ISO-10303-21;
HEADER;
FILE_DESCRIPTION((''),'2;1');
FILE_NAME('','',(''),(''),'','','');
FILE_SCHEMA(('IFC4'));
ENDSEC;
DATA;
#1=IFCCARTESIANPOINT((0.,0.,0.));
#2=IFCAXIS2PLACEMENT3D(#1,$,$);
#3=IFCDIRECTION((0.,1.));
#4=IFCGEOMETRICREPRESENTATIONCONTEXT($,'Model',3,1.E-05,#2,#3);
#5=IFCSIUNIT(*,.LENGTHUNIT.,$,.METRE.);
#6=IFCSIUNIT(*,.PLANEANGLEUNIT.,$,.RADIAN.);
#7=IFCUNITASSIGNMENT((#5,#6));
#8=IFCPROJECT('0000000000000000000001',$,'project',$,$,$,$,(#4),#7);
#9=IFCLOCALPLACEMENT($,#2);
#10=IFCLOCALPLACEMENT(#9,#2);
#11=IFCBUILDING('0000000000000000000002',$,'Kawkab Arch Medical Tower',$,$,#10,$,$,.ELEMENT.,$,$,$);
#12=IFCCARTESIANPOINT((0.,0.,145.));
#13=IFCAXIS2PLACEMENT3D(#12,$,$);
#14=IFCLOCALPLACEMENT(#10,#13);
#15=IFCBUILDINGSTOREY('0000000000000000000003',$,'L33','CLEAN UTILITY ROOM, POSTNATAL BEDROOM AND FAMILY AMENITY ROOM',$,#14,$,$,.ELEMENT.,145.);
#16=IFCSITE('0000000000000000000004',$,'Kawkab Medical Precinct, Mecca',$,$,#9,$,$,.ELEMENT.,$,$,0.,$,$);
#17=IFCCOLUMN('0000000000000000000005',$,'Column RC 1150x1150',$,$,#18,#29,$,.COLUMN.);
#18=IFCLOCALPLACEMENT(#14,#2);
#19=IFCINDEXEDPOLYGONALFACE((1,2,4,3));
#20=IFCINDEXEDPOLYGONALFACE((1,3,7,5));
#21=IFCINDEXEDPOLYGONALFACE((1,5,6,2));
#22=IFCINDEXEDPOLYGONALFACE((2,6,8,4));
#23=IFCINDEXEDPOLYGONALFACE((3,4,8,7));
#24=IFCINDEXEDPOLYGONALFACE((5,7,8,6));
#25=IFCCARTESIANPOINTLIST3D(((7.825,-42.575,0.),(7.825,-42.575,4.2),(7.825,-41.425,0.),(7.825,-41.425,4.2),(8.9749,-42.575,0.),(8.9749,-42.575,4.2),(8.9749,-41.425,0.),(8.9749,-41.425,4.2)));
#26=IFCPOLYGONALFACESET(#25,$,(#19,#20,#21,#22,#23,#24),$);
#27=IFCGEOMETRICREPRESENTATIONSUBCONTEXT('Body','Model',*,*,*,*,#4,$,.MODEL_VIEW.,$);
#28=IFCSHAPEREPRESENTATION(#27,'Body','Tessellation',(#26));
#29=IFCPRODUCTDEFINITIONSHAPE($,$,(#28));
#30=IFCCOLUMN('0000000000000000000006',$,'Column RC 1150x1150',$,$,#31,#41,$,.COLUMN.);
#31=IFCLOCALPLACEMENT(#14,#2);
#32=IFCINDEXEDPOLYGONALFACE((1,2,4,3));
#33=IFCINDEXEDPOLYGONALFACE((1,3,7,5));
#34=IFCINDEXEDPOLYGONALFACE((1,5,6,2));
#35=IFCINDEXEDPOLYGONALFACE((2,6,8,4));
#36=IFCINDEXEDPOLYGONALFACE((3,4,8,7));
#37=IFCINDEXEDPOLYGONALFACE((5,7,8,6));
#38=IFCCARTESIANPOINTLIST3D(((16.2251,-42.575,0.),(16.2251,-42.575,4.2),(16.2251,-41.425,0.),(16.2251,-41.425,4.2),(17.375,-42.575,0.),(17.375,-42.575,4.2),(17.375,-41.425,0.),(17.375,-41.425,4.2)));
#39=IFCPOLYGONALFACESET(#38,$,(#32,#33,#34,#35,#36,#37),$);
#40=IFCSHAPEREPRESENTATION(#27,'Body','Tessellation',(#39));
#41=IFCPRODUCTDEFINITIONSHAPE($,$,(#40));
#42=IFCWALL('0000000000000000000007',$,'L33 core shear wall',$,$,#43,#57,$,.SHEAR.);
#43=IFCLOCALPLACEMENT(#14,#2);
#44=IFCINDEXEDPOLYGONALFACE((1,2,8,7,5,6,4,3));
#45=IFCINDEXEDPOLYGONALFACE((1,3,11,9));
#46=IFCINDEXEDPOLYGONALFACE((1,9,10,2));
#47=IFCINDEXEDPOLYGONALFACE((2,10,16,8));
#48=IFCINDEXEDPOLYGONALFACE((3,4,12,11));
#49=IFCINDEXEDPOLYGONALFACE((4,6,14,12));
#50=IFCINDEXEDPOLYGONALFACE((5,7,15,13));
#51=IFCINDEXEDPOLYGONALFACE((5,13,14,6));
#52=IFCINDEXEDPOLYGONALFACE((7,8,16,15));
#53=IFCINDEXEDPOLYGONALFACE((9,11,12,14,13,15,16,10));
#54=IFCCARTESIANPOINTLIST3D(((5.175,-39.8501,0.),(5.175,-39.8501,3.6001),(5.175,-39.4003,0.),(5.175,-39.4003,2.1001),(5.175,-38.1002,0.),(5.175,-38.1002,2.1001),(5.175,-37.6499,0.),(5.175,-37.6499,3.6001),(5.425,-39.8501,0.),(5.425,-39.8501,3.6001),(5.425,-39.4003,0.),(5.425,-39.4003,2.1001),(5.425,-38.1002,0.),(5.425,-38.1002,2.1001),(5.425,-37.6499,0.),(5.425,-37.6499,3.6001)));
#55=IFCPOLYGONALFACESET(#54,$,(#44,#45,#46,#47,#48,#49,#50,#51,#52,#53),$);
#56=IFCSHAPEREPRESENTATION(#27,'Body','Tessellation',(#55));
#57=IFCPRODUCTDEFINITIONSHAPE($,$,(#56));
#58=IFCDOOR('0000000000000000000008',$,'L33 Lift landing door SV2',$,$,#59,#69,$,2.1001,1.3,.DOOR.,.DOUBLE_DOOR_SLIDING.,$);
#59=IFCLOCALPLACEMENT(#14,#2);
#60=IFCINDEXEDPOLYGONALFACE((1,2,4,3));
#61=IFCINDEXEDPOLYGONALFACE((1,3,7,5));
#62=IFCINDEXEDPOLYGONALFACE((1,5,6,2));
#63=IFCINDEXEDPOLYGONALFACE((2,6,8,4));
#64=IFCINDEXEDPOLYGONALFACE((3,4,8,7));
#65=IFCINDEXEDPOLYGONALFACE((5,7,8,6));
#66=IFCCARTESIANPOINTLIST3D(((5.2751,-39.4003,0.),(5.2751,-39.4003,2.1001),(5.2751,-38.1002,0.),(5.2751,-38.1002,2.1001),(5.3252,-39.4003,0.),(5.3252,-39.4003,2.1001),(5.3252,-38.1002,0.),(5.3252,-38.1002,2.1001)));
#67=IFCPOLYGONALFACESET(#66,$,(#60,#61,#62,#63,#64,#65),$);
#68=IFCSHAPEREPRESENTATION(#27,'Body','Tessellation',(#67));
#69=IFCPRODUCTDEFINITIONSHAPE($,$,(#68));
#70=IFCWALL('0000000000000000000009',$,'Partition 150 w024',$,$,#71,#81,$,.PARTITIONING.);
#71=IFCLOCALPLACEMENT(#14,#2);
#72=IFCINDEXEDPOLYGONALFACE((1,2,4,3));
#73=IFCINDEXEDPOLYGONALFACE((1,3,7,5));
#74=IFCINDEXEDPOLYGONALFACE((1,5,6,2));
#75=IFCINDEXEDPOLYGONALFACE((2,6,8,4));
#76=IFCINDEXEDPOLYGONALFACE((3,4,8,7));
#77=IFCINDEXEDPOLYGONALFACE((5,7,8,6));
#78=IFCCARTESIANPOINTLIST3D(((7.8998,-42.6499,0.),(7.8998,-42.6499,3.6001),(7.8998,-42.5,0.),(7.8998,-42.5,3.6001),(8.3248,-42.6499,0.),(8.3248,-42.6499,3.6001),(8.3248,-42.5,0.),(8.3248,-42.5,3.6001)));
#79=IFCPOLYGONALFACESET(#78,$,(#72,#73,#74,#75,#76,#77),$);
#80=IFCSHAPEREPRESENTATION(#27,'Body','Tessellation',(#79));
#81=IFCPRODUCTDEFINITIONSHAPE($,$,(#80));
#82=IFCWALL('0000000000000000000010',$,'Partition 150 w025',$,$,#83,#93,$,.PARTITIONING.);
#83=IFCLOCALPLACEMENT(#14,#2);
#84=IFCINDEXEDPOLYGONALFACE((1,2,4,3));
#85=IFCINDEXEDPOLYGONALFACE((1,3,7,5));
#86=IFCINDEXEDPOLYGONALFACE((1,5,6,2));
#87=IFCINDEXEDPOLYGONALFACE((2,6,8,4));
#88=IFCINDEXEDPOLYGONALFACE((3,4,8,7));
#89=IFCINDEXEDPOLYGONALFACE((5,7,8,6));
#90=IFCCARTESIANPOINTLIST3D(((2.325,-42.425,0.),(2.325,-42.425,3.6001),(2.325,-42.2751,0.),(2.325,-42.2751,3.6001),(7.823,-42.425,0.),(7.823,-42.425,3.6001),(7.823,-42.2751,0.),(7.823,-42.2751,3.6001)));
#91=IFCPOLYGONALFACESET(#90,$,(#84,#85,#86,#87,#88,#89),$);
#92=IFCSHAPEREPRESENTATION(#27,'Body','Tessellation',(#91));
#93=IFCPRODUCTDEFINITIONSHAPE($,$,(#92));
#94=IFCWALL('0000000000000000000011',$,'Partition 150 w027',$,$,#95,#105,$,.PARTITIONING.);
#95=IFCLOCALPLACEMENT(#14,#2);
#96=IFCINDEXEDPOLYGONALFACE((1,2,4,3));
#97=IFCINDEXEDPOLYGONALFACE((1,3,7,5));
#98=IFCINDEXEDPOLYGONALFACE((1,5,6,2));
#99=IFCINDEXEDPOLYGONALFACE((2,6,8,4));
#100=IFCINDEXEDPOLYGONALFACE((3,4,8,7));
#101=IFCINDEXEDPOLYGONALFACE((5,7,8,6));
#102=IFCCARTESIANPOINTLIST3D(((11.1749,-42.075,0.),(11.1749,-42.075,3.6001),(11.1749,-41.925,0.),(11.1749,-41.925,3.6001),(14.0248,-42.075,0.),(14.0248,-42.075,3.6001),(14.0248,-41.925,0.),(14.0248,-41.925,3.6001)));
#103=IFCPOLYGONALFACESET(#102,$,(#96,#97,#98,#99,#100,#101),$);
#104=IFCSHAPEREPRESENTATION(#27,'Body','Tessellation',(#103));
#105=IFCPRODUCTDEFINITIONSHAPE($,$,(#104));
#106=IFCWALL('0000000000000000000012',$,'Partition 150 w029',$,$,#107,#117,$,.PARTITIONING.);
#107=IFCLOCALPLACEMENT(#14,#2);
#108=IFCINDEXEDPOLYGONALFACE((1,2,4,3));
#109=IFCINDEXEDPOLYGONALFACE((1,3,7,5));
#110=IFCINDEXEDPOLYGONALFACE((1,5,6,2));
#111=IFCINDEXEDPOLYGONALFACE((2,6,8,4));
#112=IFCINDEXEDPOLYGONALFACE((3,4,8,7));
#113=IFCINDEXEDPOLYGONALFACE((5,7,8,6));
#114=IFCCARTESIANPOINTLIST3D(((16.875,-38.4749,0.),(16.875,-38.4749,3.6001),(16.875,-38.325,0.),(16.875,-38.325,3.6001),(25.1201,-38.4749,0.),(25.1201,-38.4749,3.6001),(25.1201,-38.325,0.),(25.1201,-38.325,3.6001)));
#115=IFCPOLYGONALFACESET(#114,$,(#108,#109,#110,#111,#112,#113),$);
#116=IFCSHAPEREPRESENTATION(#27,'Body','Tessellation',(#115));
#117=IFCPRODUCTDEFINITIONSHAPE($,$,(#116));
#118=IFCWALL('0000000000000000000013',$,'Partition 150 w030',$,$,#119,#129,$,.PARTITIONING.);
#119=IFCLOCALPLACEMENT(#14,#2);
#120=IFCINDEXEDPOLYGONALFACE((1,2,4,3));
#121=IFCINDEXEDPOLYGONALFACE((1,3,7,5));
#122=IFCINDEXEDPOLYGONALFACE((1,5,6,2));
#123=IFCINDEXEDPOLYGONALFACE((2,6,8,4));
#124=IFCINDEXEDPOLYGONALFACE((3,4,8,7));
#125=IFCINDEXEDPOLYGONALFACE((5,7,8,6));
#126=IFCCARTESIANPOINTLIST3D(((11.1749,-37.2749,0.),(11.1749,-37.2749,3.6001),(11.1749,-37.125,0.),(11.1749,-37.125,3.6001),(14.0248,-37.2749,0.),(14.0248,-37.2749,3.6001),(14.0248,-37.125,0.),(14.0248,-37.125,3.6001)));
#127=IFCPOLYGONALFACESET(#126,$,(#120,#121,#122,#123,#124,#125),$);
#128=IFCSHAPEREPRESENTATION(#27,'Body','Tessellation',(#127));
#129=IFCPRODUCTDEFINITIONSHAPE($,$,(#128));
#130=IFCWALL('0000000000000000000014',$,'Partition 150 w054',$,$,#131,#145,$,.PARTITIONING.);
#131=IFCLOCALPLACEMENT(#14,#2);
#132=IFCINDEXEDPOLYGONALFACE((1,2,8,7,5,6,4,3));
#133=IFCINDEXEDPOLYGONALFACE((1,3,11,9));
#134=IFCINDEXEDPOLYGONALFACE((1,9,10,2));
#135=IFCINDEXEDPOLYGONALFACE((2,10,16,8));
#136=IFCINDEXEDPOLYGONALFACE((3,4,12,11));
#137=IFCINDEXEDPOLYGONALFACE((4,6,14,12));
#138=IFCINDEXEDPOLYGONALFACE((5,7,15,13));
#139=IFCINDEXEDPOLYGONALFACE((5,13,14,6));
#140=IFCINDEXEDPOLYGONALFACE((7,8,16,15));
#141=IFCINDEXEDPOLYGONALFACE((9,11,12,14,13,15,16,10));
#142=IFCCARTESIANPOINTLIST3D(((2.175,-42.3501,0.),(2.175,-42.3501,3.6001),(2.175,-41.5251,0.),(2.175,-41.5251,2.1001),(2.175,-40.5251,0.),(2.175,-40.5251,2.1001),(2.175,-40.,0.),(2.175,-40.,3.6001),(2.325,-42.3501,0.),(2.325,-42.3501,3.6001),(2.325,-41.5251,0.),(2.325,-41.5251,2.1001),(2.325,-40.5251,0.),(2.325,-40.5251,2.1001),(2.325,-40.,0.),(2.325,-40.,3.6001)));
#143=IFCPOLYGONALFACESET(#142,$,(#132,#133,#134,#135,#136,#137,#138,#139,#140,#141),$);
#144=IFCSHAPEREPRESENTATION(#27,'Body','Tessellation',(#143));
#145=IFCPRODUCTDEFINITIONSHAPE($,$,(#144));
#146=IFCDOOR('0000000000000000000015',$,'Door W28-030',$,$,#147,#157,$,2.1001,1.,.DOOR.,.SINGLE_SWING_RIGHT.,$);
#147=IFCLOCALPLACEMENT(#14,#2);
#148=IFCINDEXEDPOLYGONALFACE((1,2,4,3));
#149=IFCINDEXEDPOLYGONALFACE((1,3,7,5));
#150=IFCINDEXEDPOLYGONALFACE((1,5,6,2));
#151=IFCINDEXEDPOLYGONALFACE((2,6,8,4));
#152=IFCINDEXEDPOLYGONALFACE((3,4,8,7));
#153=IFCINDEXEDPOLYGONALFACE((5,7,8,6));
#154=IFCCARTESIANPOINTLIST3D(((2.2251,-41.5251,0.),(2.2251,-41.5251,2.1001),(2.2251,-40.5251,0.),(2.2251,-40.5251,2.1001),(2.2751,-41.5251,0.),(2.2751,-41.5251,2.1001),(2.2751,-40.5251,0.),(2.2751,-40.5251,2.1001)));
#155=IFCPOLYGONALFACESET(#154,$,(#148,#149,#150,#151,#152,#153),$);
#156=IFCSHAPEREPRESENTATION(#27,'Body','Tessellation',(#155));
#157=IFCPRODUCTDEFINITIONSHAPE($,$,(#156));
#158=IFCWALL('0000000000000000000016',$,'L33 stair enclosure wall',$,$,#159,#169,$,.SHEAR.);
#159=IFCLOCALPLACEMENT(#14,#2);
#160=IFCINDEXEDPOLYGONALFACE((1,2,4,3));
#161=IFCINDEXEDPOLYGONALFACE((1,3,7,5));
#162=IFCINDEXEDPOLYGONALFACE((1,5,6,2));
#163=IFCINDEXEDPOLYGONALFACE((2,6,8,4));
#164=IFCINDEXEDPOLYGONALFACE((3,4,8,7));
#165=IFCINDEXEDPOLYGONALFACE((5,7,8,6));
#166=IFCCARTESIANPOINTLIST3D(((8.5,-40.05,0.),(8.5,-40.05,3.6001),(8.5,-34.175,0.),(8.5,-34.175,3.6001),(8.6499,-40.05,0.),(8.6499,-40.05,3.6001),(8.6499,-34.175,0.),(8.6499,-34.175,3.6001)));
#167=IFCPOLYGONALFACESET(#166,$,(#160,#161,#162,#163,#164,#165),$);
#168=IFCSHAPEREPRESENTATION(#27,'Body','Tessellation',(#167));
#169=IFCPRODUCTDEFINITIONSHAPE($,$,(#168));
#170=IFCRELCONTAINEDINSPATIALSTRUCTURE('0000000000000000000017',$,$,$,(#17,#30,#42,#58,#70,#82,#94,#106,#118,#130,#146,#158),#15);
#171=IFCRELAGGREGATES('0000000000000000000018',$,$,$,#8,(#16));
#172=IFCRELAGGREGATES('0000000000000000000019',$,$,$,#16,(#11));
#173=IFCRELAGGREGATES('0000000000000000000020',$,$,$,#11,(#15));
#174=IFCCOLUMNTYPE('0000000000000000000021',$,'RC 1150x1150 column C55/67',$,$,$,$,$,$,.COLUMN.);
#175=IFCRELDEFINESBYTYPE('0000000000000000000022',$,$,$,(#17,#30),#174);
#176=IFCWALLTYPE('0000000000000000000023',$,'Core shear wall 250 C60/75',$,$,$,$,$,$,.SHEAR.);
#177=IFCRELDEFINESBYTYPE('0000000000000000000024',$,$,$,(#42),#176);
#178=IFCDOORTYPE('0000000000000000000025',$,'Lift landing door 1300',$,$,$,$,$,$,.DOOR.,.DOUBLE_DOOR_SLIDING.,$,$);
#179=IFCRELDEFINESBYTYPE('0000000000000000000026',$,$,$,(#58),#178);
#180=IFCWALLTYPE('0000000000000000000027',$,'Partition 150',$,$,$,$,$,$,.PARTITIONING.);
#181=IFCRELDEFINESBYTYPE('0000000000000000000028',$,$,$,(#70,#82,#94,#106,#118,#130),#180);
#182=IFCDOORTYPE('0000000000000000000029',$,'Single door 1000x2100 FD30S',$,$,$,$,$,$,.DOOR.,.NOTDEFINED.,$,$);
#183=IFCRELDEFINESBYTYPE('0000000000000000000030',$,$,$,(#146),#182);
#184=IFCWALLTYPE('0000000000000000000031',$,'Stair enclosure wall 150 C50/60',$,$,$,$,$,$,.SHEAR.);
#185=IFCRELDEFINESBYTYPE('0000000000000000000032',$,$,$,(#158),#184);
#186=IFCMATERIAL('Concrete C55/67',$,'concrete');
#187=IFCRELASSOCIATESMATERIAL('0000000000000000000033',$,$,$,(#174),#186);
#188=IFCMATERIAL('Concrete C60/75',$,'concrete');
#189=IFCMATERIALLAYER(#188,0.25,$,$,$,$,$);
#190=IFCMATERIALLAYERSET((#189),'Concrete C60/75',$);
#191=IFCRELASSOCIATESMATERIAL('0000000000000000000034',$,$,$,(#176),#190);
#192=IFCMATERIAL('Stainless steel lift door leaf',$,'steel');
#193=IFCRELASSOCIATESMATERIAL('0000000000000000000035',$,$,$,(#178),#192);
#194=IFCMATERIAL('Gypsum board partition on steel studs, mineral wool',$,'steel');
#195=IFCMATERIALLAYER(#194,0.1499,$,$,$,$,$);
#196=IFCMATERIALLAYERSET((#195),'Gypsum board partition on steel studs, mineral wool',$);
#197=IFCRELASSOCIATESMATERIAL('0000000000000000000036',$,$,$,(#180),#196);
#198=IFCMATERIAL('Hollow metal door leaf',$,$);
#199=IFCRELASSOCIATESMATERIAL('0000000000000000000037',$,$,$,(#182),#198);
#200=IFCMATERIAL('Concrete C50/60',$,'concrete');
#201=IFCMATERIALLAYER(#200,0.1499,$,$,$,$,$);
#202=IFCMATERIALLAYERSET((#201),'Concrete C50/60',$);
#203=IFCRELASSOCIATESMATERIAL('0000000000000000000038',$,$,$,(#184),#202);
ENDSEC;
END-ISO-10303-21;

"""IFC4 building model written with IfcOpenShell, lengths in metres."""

from ifc_helpers import new_model, si_unit, direction, frame, frame_2d, origin, origin_2d, place, context, subcontext, project, spatial, rectangle, extrude, material, layer, layer_set, material_profile, profile_set, type_object, element, fill, save


model = new_model("IFC4")

# Units and contexts
model_context = context("Model", 3, precision=1e-05, world=origin(), true_north=direction((0.0, 1.0)))
body_context = subcontext(model_context, "Body", "Model", "MODEL_VIEW")
ifc_project = project(units=[si_unit("LENGTHUNIT", "METRE"), si_unit("PLANEANGLEUNIT", "RADIAN")], contexts=[model_context])

# Site, building, storey
site_placement = place(None, origin())
site = spatial("IfcSite", under=ifc_project, at=site_placement, Name="Kawkab Medical Precinct, Mecca", CompositionType="ELEMENT", RefElevation=0.0)
building_placement = place(site_placement, origin())
building = spatial("IfcBuilding", under=site, at=building_placement, Name="Kawkab Arch Medical Tower", CompositionType="ELEMENT")
storey_placement = place(building_placement, frame((0.0, 0.0, 145.0)))
storey = spatial("IfcBuildingStorey", under=building, at=storey_placement, Name="L33", Description="CLEAN UTILITY ROOM, POSTNATAL BEDROOM AND FAMILY AMENITY ROOM", CompositionType="ELEMENT", Elevation=145.0)

# Columns
ifc_material_1 = material(Name="Concrete C55/67", Category="concrete")
ifc_material_profile = material_profile(ifc_material_1, rectangle(XDim=1.1499, YDim=1.1499, at=origin_2d()), Name="RC 1150x1150")
ifc_profile_set = profile_set([ifc_material_profile], Name="Concrete C55/67")
column_type = type_object("IfcColumnType", Name="RC 1150x1150 column C55/67", PredefinedType="COLUMN", material=ifc_profile_set)
for number, where, z_axis, x_axis, name in (
    (1, (8.3999, -42.0, 0.0), (0.0, 0.0, 1.0), (1.0, 0.0, 0.0), "Column RC 1150x1150"),
    (2, (16.8, -42.0, 0.0), (0.0, 0.0, 1.0), (1.0, 0.0, 0.0), "Column RC 1150x1150"),
):
    element("IfcColumn", number, at=place(storey_placement, frame(where, z_axis=z_axis, x_axis=x_axis)), inside=storey, type_object=column_type, Name=name, PredefinedType="COLUMN", context=body_context, shape_type="SweptSolid", body=[
        extrude(rectangle(XDim=1.1499, YDim=1.1499, at=origin_2d()), origin(), (0.0, 0.0, 1.0), 4.2),
    ])

# Wall, opening, door
ifc_material_2 = material(Name="Concrete C60/75", Category="concrete")
ifc_layer_1 = layer(ifc_material_2, 0.25)
ifc_layer_set_1 = layer_set([ifc_layer_1], Name="Concrete C60/75")
wall_type_1 = type_object("IfcWallType", Name="Core shear wall 250 C60/75", PredefinedType="SHEAR", material=ifc_layer_set_1)
wall_1_placement = place(storey_placement, frame((5.3, -39.8501, 0.0), z_axis=(0.0, 0.0, 1.0), x_axis=(0.0, 1.0, 0.0)))
wall_1 = element("IfcWall", 3, at=wall_1_placement, inside=storey, type_object=wall_type_1, Name="L33 core shear wall", PredefinedType="SHEAR", context=body_context, shape_type="SweptSolid", body=[
    extrude(rectangle(XDim=2.2002, YDim=0.25, at=frame_2d((1.1001, 0.0))), origin(), (0.0, 0.0, 1.0), 3.6001),
])
opening_1_placement = place(wall_1_placement, frame((0.45, 0.0, 0.0)))
opening_1 = element("IfcOpeningElement", 4, at=opening_1_placement, cuts=wall_1, PredefinedType="OPENING", context=body_context, shape_type="SweptSolid", body=[
    extrude(rectangle(XDim=1.3, YDim=2.1001, at=frame_2d((0.6499, 1.05))), frame((0.0, 0.135, 0.0), z_axis=(0.0, -1.0, 0.0), x_axis=(1.0, 0.0, 0.0)), (0.0, 0.0, 1.0), 0.27),
])
ifc_material_3 = material(Name="Stainless steel lift door leaf", Category="steel")
door_type_1 = type_object("IfcDoorType", Name="Lift landing door 1300", OperationType="DOUBLE_DOOR_SLIDING", PredefinedType="DOOR", material=ifc_material_3)
door_1_placement = place(opening_1_placement, origin())
door_1 = element("IfcDoor", 5, at=door_1_placement, inside=storey, type_object=door_type_1, Name="L33 Lift landing door SV2", OperationType="DOUBLE_DOOR_SLIDING", OverallHeight=2.1001, OverallWidth=1.3, PredefinedType="DOOR", context=body_context, shape_type="SweptSolid", body=[
    extrude(rectangle(XDim=1.3, YDim=2.1001, at=frame_2d((0.6499, 1.05))), frame((0.0, 0.0249, 0.0), z_axis=(0.0, -1.0, 0.0), x_axis=(1.0, 0.0, 0.0)), (0.0, 0.0, 1.0), 0.05),
])
fill(opening_1, door_1)

# Walls
ifc_material_4 = material(Name="Gypsum board partition on steel studs, mineral wool", Category="steel")
ifc_layer_2 = layer(ifc_material_4, 0.1499)
ifc_layer_set_2 = layer_set([ifc_layer_2], Name="Gypsum board partition on steel studs, mineral wool")
wall_type_2 = type_object("IfcWallType", Name="Partition 150", PredefinedType="PARTITIONING", material=ifc_layer_set_2)
wall_2_placement = place(storey_placement, frame((7.8999, -42.575, 0.0), z_axis=(0.0, 0.0, 1.0), x_axis=(1.0, 0.0, 0.0)))
element("IfcWall", 6, at=wall_2_placement, inside=storey, type_object=wall_type_2, Name="Partition 150 w024", PredefinedType="PARTITIONING", context=body_context, shape_type="SweptSolid", body=[
    extrude(rectangle(XDim=0.425, YDim=0.1499, at=frame_2d((0.2124, 0.0))), origin(), (0.0, 0.0, 1.0), 3.6001),
])
wall_3_placement = place(storey_placement, frame((2.325, -42.3501, 0.0), z_axis=(0.0, 0.0, 1.0), x_axis=(1.0, 0.0, 0.0)))
element("IfcWall", 7, at=wall_3_placement, inside=storey, type_object=wall_type_2, Name="Partition 150 w025", PredefinedType="PARTITIONING", context=body_context, shape_type="SweptSolid", body=[
    extrude(rectangle(XDim=5.498, YDim=0.1499, at=frame_2d((2.749, 0.0))), origin(), (0.0, 0.0, 1.0), 3.6001),
])
wall_4_placement = place(storey_placement, frame((11.175, -42.0, 0.0), z_axis=(0.0, 0.0, 1.0), x_axis=(1.0, 0.0, 0.0)))
element("IfcWall", 8, at=wall_4_placement, inside=storey, type_object=wall_type_2, Name="Partition 150 w027", PredefinedType="PARTITIONING", context=body_context, shape_type="SweptSolid", body=[
    extrude(rectangle(XDim=2.8499, YDim=0.1499, at=frame_2d((1.4248, 0.0))), origin(), (0.0, 0.0, 1.0), 3.6001),
])
wall_5_placement = place(storey_placement, frame((16.875, -38.3999, 0.0), z_axis=(0.0, 0.0, 1.0), x_axis=(1.0, 0.0, 0.0)))
element("IfcWall", 9, at=wall_5_placement, inside=storey, type_object=wall_type_2, Name="Partition 150 w029", PredefinedType="PARTITIONING", context=body_context, shape_type="SweptSolid", body=[
    extrude(rectangle(XDim=8.2451, YDim=0.1499, at=frame_2d((4.1226, 0.0))), origin(), (0.0, 0.0, 1.0), 3.6001),
])
wall_6_placement = place(storey_placement, frame((11.175, -37.2, 0.0), z_axis=(0.0, 0.0, 1.0), x_axis=(1.0, 0.0, 0.0)))
element("IfcWall", 10, at=wall_6_placement, inside=storey, type_object=wall_type_2, Name="Partition 150 w030", PredefinedType="PARTITIONING", context=body_context, shape_type="SweptSolid", body=[
    extrude(rectangle(XDim=2.8499, YDim=0.1499, at=frame_2d((1.4248, 0.0))), origin(), (0.0, 0.0, 1.0), 3.6001),
])

# Wall, opening, door
wall_7_placement = place(storey_placement, frame((2.25, -42.3501, 0.0), z_axis=(0.0, 0.0, 1.0), x_axis=(0.0, 1.0, 0.0)))
wall_7 = element("IfcWall", 11, at=wall_7_placement, inside=storey, type_object=wall_type_2, Name="Partition 150 w054", PredefinedType="PARTITIONING", context=body_context, shape_type="SweptSolid", body=[
    extrude(rectangle(XDim=2.3501, YDim=0.1499, at=frame_2d((1.175, 0.0))), origin(), (0.0, 0.0, 1.0), 3.6001),
])
opening_2_placement = place(wall_7_placement, frame((0.825, 0.0, 0.0)))
opening_2 = element("IfcOpeningElement", 12, at=opening_2_placement, cuts=wall_7, PredefinedType="OPENING", context=body_context, shape_type="SweptSolid", body=[
    extrude(rectangle(XDim=1.0, YDim=2.1001, at=frame_2d((0.5, 1.05))), frame((0.0, 0.085, 0.0), z_axis=(0.0, -1.0, 0.0), x_axis=(1.0, 0.0, 0.0)), (0.0, 0.0, 1.0), 0.1699),
])
ifc_material_5 = material(Name="Hollow metal door leaf")
door_type_2 = type_object("IfcDoorType", Name="Single door 1000x2100 FD30S", OperationType="NOTDEFINED", PredefinedType="DOOR", material=ifc_material_5)
door_2_placement = place(opening_2_placement, origin())
door_2 = element("IfcDoor", 13, at=door_2_placement, inside=storey, type_object=door_type_2, Name="Door W28-030", OperationType="SINGLE_SWING_RIGHT", OverallHeight=2.1001, OverallWidth=1.0, PredefinedType="DOOR", context=body_context, shape_type="SweptSolid", body=[
    extrude(rectangle(XDim=1.0, YDim=2.1001, at=frame_2d((0.5, 1.05))), frame((0.0, 0.0249, 0.0), z_axis=(0.0, -1.0, 0.0), x_axis=(1.0, 0.0, 0.0)), (0.0, 0.0, 1.0), 0.05),
])
fill(opening_2, door_2)

# Wall
ifc_material_6 = material(Name="Concrete C50/60", Category="concrete")
ifc_layer_3 = layer(ifc_material_6, 0.1499)
ifc_layer_set_3 = layer_set([ifc_layer_3], Name="Concrete C50/60")
wall_type_3 = type_object("IfcWallType", Name="Stair enclosure wall 150 C50/60", PredefinedType="SHEAR", material=ifc_layer_set_3)
wall_8_placement = place(storey_placement, frame((8.575, -40.05, 0.0), z_axis=(0.0, 0.0, 1.0), x_axis=(0.0, 1.0, 0.0)))
element("IfcWall", 14, at=wall_8_placement, inside=storey, type_object=wall_type_3, Name="L33 stair enclosure wall", PredefinedType="SHEAR", context=body_context, shape_type="SweptSolid", body=[
    extrude(rectangle(XDim=5.875, YDim=0.1499, at=frame_2d((2.9375, 0.0))), origin(), (0.0, 0.0, 1.0), 3.6001),
])

save(model, "model.ifc")
